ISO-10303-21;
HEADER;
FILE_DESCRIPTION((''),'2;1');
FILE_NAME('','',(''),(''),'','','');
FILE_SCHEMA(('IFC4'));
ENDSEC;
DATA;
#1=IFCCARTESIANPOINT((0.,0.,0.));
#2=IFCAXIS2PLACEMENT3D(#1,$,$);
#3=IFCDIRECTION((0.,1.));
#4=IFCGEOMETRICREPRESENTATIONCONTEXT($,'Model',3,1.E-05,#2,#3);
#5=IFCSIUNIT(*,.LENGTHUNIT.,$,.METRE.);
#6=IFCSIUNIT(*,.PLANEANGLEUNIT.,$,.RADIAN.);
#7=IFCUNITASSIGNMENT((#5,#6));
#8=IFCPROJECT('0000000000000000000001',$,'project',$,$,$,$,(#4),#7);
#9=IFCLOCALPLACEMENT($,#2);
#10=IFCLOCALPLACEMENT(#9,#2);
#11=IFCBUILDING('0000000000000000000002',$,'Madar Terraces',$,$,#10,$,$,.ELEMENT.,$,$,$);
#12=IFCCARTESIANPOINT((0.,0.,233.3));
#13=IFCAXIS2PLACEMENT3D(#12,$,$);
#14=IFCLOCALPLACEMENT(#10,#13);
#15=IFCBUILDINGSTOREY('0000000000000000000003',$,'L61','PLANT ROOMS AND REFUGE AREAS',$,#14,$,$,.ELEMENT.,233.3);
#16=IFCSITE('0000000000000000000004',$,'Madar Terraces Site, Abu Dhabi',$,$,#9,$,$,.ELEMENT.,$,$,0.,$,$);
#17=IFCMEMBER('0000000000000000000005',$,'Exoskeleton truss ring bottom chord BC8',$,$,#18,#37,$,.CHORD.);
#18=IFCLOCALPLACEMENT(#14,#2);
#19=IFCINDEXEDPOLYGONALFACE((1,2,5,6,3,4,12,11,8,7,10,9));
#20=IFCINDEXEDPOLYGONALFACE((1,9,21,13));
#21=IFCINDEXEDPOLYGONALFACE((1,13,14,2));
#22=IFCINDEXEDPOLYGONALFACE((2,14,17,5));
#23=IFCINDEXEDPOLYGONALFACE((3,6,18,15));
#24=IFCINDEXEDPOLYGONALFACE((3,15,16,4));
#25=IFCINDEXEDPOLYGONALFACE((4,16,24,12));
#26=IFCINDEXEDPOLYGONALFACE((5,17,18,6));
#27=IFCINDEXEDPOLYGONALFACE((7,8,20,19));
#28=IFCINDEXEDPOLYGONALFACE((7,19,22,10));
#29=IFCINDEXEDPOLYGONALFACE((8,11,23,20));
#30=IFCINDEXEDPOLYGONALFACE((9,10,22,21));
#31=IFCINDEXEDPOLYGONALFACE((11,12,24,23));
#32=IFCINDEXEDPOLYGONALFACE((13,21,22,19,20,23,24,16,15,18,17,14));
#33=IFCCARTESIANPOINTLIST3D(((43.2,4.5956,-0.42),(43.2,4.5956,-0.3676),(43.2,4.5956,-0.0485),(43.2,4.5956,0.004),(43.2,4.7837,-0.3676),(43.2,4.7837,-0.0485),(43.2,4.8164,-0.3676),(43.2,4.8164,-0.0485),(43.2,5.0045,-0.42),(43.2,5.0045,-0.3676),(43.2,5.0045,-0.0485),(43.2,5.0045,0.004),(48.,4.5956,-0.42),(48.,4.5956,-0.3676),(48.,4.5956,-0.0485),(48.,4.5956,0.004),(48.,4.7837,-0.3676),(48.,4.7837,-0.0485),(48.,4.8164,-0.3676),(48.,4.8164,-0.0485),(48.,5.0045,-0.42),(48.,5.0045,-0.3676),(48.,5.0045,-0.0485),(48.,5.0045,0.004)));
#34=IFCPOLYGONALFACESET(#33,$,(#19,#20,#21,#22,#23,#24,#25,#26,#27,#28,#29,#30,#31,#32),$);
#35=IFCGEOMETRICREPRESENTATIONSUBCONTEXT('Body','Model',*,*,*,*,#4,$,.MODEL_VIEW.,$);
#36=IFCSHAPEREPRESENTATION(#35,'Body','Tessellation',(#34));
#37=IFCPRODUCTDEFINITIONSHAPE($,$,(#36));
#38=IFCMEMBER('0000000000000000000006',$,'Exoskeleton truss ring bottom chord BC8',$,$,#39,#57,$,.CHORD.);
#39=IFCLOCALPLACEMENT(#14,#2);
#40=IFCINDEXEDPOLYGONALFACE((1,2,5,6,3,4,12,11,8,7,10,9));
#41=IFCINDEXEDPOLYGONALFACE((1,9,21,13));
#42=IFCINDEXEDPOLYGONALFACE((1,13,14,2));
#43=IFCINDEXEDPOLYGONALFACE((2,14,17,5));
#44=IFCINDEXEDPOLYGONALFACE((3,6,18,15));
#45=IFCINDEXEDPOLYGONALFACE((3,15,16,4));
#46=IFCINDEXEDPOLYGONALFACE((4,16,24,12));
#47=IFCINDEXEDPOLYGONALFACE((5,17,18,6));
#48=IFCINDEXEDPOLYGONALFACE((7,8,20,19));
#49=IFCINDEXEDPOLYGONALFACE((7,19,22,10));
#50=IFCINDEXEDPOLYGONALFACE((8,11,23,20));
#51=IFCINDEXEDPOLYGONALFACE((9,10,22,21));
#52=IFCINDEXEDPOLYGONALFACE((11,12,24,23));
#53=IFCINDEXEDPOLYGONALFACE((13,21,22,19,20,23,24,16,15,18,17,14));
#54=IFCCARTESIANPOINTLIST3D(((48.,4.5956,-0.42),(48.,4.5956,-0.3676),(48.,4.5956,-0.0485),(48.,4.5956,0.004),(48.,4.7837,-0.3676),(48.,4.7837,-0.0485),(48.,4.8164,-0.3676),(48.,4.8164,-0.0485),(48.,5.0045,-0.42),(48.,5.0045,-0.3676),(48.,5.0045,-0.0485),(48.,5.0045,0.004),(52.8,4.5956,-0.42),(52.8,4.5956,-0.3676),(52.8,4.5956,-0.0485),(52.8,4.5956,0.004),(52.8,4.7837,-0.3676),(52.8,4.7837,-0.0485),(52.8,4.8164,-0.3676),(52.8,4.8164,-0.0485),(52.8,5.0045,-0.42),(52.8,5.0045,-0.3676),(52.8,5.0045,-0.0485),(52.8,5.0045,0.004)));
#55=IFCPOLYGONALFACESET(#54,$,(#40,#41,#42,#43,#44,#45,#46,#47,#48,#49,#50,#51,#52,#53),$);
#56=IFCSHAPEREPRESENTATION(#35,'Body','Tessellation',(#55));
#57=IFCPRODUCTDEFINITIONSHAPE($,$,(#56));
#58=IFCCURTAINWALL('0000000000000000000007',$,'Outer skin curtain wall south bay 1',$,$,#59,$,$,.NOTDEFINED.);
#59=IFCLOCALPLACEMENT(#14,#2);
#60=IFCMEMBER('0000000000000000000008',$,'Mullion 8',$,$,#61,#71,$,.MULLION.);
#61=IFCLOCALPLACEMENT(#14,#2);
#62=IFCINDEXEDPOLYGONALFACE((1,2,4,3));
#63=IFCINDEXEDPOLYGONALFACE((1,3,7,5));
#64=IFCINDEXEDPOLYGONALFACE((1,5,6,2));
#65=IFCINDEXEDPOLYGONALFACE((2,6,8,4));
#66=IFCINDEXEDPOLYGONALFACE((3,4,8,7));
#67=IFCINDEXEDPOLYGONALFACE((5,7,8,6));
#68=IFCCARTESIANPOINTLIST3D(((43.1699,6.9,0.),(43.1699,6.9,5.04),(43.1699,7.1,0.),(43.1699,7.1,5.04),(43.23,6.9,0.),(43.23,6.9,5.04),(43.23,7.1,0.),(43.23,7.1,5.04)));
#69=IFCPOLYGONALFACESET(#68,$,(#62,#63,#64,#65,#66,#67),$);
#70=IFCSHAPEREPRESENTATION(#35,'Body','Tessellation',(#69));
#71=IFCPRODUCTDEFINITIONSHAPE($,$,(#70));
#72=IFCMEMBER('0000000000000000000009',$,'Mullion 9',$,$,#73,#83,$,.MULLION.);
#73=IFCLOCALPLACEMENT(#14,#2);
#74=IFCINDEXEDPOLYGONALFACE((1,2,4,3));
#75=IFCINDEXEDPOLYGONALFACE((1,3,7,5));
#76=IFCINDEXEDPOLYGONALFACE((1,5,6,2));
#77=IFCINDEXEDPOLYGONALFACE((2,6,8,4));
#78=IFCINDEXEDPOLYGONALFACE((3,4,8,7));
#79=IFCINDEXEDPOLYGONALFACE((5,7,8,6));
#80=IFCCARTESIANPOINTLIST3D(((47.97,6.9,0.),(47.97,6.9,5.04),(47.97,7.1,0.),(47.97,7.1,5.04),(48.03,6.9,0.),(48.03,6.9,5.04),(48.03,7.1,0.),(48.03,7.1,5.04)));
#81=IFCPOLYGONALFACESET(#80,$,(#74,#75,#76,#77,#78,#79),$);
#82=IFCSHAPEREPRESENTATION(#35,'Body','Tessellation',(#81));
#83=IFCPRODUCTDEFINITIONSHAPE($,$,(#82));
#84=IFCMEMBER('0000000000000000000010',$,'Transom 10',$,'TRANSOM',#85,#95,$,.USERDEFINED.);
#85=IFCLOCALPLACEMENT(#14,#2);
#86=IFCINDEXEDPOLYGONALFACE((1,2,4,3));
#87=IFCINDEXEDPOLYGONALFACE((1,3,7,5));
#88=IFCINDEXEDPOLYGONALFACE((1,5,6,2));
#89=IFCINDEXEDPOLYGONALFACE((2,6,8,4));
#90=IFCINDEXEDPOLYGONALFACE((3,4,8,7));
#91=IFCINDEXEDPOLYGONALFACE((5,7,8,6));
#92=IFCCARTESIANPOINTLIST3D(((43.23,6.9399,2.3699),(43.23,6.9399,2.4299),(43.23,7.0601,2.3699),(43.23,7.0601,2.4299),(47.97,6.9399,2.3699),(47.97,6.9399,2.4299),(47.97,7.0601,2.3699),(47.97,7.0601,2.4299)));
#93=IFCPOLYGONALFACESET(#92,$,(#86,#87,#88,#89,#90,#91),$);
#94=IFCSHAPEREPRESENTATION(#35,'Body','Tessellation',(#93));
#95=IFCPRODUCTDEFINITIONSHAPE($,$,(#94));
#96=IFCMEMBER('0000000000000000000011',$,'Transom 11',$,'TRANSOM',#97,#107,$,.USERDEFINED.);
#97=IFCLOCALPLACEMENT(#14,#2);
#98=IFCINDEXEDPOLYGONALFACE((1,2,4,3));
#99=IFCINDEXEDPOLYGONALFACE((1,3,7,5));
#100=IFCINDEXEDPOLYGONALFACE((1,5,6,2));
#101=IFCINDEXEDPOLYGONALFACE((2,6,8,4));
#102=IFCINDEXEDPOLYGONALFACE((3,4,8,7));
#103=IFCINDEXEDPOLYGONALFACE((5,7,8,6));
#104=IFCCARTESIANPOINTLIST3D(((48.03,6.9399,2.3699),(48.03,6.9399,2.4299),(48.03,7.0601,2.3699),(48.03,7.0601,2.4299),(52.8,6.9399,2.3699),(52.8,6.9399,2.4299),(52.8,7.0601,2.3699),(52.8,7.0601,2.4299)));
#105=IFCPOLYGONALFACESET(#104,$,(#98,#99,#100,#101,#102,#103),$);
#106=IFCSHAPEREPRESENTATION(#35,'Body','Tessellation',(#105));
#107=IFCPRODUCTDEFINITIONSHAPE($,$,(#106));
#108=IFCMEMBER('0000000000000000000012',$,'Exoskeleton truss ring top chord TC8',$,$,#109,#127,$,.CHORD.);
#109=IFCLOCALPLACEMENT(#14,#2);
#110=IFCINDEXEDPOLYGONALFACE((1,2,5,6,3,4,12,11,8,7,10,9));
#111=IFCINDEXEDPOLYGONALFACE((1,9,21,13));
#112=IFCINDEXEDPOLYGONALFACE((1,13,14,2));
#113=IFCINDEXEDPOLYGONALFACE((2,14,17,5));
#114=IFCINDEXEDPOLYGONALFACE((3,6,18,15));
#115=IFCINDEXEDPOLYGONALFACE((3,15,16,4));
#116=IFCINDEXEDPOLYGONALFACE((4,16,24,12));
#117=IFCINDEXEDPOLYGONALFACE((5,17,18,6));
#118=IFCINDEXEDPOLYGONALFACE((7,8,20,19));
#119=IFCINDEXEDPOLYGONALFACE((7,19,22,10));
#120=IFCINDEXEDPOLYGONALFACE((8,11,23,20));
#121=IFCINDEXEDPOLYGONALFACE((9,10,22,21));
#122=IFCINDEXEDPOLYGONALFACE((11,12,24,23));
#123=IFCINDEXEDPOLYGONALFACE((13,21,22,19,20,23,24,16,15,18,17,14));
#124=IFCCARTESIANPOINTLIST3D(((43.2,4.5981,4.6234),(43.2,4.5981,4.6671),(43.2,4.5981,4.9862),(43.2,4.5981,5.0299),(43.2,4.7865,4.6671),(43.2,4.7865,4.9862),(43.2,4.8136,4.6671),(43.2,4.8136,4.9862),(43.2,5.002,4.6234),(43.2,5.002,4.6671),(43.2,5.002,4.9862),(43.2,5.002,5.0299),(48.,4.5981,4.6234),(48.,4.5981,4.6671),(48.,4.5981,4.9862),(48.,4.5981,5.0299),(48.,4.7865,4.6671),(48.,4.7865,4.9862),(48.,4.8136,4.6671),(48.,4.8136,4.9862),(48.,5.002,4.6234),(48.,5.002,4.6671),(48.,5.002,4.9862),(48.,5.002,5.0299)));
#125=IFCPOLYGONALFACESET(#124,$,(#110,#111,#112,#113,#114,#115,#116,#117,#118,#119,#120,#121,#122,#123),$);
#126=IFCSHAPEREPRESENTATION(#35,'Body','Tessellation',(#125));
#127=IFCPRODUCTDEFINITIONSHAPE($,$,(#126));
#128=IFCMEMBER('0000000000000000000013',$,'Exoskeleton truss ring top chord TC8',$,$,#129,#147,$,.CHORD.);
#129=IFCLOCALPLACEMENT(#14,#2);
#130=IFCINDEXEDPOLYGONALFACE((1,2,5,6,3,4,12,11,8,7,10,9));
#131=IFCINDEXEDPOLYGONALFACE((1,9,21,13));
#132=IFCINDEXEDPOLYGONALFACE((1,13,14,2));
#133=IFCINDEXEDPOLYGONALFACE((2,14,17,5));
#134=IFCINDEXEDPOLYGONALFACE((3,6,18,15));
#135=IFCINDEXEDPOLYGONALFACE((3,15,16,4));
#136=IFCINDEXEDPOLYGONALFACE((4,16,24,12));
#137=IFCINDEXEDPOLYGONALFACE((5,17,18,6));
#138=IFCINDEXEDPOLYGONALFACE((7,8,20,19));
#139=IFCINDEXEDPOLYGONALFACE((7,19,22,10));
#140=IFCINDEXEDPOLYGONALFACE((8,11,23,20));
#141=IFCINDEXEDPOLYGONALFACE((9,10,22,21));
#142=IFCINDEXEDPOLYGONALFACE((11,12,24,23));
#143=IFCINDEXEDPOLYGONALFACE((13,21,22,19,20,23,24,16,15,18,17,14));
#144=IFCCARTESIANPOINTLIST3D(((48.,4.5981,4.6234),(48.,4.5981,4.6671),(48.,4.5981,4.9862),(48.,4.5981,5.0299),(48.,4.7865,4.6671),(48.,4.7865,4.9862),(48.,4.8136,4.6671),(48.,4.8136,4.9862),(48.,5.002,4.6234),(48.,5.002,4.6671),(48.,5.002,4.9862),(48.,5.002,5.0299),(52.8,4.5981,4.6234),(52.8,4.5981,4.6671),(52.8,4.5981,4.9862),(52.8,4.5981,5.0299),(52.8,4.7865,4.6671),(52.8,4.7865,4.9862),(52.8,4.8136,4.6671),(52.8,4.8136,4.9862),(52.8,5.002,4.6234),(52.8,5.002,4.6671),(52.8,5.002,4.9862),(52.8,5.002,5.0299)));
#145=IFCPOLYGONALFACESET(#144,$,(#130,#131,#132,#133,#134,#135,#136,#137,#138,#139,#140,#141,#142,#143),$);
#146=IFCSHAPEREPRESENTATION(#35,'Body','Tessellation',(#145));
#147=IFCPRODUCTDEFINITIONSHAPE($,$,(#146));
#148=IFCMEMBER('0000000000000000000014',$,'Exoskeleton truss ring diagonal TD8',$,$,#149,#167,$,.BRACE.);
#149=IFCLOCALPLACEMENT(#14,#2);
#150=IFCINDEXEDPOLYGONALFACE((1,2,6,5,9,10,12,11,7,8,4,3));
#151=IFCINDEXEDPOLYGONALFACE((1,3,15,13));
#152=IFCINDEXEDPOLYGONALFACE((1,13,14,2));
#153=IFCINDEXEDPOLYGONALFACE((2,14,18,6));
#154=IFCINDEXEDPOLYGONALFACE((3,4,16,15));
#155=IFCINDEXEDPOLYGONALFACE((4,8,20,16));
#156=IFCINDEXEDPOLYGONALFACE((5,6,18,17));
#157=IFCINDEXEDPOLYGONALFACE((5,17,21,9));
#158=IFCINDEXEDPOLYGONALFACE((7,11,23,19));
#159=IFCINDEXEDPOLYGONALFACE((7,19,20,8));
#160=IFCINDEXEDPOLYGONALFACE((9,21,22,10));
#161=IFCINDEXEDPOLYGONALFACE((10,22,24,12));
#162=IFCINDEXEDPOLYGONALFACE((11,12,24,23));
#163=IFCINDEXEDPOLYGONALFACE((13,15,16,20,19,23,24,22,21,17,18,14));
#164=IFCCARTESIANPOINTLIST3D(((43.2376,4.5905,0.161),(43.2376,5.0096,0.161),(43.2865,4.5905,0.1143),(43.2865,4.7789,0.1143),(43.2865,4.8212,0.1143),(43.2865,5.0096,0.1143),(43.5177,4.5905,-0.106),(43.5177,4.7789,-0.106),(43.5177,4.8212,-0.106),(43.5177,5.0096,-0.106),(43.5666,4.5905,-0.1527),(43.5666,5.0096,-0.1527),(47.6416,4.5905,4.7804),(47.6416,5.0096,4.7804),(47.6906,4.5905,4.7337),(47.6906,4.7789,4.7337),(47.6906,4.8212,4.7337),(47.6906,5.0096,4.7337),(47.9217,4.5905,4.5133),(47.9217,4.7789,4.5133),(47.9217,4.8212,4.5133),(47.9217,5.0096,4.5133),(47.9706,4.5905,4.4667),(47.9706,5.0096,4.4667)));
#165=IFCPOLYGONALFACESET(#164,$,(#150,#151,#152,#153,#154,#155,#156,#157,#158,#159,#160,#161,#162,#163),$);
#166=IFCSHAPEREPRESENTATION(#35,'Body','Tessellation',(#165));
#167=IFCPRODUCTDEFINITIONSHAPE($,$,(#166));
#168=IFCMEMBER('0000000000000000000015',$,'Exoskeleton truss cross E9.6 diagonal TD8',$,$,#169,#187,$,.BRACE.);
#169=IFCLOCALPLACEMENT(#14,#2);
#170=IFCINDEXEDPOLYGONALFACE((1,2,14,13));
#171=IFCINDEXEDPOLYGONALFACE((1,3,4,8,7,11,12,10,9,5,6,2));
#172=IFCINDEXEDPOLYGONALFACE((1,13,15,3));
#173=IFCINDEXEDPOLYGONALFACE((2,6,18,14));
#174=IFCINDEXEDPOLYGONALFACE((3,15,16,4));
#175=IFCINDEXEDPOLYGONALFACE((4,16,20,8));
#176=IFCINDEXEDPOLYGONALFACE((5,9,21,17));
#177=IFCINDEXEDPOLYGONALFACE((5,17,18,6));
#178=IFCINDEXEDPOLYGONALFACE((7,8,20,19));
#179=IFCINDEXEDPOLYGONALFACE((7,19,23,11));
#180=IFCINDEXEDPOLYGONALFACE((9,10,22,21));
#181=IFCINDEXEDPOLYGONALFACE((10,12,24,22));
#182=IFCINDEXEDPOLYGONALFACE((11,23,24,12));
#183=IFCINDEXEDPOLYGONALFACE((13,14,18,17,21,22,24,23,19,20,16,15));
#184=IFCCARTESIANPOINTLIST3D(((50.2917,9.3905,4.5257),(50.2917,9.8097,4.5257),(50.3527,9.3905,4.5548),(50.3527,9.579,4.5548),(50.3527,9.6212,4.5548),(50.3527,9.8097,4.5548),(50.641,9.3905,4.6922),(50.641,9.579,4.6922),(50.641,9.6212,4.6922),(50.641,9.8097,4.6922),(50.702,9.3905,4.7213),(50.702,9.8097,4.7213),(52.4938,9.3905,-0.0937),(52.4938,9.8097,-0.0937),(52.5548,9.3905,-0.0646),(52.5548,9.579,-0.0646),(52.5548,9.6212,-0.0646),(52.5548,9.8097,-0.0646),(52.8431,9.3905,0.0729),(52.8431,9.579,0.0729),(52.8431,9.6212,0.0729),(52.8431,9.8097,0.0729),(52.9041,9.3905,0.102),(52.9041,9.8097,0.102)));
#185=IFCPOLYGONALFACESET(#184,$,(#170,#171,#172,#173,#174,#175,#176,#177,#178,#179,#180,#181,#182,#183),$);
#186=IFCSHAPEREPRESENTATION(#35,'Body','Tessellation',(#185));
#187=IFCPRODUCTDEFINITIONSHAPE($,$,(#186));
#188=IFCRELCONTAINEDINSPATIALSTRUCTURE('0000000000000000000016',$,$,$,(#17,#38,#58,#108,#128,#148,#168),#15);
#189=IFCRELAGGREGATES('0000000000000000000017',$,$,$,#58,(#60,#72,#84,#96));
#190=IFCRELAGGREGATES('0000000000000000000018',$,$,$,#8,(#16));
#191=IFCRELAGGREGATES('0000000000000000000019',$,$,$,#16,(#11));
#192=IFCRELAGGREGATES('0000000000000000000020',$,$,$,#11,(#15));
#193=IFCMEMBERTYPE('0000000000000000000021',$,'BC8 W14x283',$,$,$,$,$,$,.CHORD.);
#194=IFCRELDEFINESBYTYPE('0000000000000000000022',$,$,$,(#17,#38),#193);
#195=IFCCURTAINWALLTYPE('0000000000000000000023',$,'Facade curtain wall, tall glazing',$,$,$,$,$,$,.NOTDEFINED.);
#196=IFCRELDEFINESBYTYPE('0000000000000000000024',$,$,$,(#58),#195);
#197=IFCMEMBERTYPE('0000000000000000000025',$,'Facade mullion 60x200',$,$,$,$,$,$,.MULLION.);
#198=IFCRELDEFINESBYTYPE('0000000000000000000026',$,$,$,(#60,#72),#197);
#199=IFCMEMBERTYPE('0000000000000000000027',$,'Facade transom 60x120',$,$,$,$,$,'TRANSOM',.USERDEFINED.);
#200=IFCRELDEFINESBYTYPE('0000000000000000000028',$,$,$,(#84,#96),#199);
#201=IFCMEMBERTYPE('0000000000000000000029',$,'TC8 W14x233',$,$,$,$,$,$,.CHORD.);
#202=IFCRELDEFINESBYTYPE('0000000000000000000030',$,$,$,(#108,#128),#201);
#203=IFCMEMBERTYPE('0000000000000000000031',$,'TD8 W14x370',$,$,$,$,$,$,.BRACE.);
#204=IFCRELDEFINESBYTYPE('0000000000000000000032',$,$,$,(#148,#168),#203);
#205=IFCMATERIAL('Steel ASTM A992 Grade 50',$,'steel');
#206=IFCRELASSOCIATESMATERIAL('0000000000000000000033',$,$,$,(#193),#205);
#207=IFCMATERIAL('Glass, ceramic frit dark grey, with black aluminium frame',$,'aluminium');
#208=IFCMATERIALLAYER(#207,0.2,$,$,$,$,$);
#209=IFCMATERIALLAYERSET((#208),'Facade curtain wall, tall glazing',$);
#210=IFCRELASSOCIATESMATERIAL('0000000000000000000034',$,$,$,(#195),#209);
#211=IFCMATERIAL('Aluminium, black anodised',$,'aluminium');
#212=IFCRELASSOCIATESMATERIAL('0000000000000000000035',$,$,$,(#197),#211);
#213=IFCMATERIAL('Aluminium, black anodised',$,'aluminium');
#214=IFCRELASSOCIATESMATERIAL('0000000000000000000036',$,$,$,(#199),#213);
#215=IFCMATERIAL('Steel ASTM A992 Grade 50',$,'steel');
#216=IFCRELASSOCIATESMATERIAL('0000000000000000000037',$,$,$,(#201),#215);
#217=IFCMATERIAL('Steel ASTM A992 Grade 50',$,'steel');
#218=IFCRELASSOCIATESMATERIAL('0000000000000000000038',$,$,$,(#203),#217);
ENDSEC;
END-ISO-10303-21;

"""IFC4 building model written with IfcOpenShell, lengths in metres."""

from ifc_helpers import new_model, si_unit, direction, frame, origin, origin_2d, place, context, subcontext, project, spatial, rectangle, i_section, extrude, material, layer, layer_set, material_profile, profile_set, type_object, element, aggregate, save


model = new_model("IFC4")

# Units and contexts
model_context = context("Model", 3, precision=1e-05, world=origin(), true_north=direction((0.0, 1.0)))
body_context = subcontext(model_context, "Body", "Model", "MODEL_VIEW")
ifc_project = project(units=[si_unit("LENGTHUNIT", "METRE"), si_unit("PLANEANGLEUNIT", "RADIAN")], contexts=[model_context])

# Site, building, storey
site_placement = place(None, origin())
site = spatial("IfcSite", under=ifc_project, at=site_placement, Name="Madar Terraces Site, Abu Dhabi", CompositionType="ELEMENT", RefElevation=0.0)
building_placement = place(site_placement, origin())
building = spatial("IfcBuilding", under=site, at=building_placement, Name="Madar Terraces", CompositionType="ELEMENT")
storey_placement = place(building_placement, frame((0.0, 0.0, 233.3)))
storey = spatial("IfcBuildingStorey", under=building, at=storey_placement, Name="L61", Description="PLANT ROOMS AND REFUGE AREAS", CompositionType="ELEMENT", Elevation=233.3)

# Members
ifc_material_1 = material(Name="Steel ASTM A992 Grade 50", Category="steel")
ifc_material_profile_1 = material_profile(ifc_material_1, i_section(OverallWidth=0.4089, OverallDepth=0.4241, WebThickness=0.0327, FlangeThickness=0.0525, at=origin_2d()), Name="W14x283")
ifc_profile_set_1 = profile_set([ifc_material_profile_1], Name="Steel ASTM A992 Grade 50")
member_type_1 = type_object("IfcMemberType", Name="BC8 W14x283", PredefinedType="CHORD", material=ifc_profile_set_1)
for number, where, z_axis, x_axis, name in (
    (1, (43.2, 4.8, -0.208), (1.0, 0.0, 0.0), (0.0, 1.0, 0.0), "Exoskeleton truss ring bottom chord BC8"),
    (2, (48.0, 4.8, -0.208), (1.0, 0.0, 0.0), (0.0, 1.0, 0.0), "Exoskeleton truss ring bottom chord BC8"),
):
    element("IfcMember", number, at=place(storey_placement, frame(where, z_axis=z_axis, x_axis=x_axis)), inside=storey, type_object=member_type_1, Name=name, PredefinedType="CHORD", context=body_context, shape_type="SweptSolid", body=[
        extrude(i_section(OverallWidth=0.4089, OverallDepth=0.4241, WebThickness=0.0327, FlangeThickness=0.0525, at=origin_2d()), origin(), (0.0, 0.0, 1.0), 4.8),
    ])

# Curtain wall, members
ifc_material_2 = material(Name="Glass, ceramic frit dark grey, with black aluminium frame", Category="aluminium")
ifc_layer_1 = layer(ifc_material_2, 0.2)
ifc_layer_set_1 = layer_set([ifc_layer_1], Name="Facade curtain wall, tall glazing")
curtain_wall_type = type_object("IfcCurtainWallType", Name="Facade curtain wall, tall glazing", PredefinedType="NOTDEFINED", material=ifc_layer_set_1)
curtain_wall_placement = place(storey_placement, origin())
curtain_wall = element("IfcCurtainWall", 3, at=curtain_wall_placement, inside=storey, type_object=curtain_wall_type, Name="Outer skin curtain wall south bay 1", PredefinedType="NOTDEFINED")
ifc_material_3 = material(Name="Aluminium, black anodised", Category="aluminium")
ifc_material_profile_2 = material_profile(ifc_material_3, rectangle(XDim=0.2, YDim=0.0601, at=origin_2d()), Name="Facade mullion 60x200")
ifc_profile_set_2 = profile_set([ifc_material_profile_2], Name="Aluminium, black anodised")
member_type_2 = type_object("IfcMemberType", Name="Facade mullion 60x200", PredefinedType="MULLION", material=ifc_profile_set_2)
member_1_placement = place(storey_placement, frame((43.2, 7.0, 0.0), z_axis=(0.0, 0.0, 1.0), x_axis=(0.0, 1.0, 0.0)))
member_1 = element("IfcMember", 4, at=member_1_placement, type_object=member_type_2, Name="Mullion 8", PredefinedType="MULLION", context=body_context, shape_type="SweptSolid", body=[
    extrude(rectangle(XDim=0.2, YDim=0.0601, at=origin_2d()), origin(), (0.0, 0.0, 1.0), 5.04),
])
member_2_placement = place(storey_placement, frame((48.0, 7.0, 0.0), z_axis=(0.0, 0.0, 1.0), x_axis=(0.0, 1.0, 0.0)))
member_2 = element("IfcMember", 5, at=member_2_placement, type_object=member_type_2, Name="Mullion 9", PredefinedType="MULLION", context=body_context, shape_type="SweptSolid", body=[
    extrude(rectangle(XDim=0.2, YDim=0.0601, at=origin_2d()), origin(), (0.0, 0.0, 1.0), 5.04),
])
ifc_material_4 = material(Name="Aluminium, black anodised", Category="aluminium")
ifc_material_profile_3 = material_profile(ifc_material_4, rectangle(XDim=0.1201, YDim=0.0601, at=origin_2d()), Name="Facade transom 60x120")
ifc_profile_set_3 = profile_set([ifc_material_profile_3], Name="Aluminium, black anodised")
member_type_3 = type_object("IfcMemberType", Name="Facade transom 60x120", ElementType="TRANSOM", PredefinedType="USERDEFINED", material=ifc_profile_set_3)
member_3_placement = place(storey_placement, frame((43.23, 7.0, 2.3999), z_axis=(1.0, 0.0, 0.0), x_axis=(0.0, 1.0, 0.0)))
member_3 = element("IfcMember", 6, at=member_3_placement, type_object=member_type_3, Name="Transom 10", ObjectType="TRANSOM", PredefinedType="USERDEFINED", context=body_context, shape_type="SweptSolid", body=[
    extrude(rectangle(XDim=0.1201, YDim=0.0601, at=origin_2d()), origin(), (0.0, 0.0, 1.0), 4.74),
])
member_4_placement = place(storey_placement, frame((48.03, 7.0, 2.3999), z_axis=(1.0, 0.0, 0.0), x_axis=(0.0, 1.0, 0.0)))
member_4 = element("IfcMember", 7, at=member_4_placement, type_object=member_type_3, Name="Transom 11", ObjectType="TRANSOM", PredefinedType="USERDEFINED", context=body_context, shape_type="SweptSolid", body=[
    extrude(rectangle(XDim=0.1201, YDim=0.0601, at=origin_2d()), origin(), (0.0, 0.0, 1.0), 4.77),
])

# Members
ifc_material_5 = material(Name="Steel ASTM A992 Grade 50", Category="steel")
ifc_material_profile_4 = material_profile(ifc_material_5, i_section(OverallWidth=0.4038, OverallDepth=0.4065, WebThickness=0.0271, FlangeThickness=0.0437, at=origin_2d()), Name="W14x233")
ifc_profile_set_4 = profile_set([ifc_material_profile_4], Name="Steel ASTM A992 Grade 50")
member_type_4 = type_object("IfcMemberType", Name="TC8 W14x233", PredefinedType="CHORD", material=ifc_profile_set_4)
for number, where, z_axis, x_axis, name in (
    (8, (43.2, 4.8, 4.8267), (1.0, 0.0, 0.0), (0.0, 1.0, 0.0), "Exoskeleton truss ring top chord TC8"),
    (9, (48.0, 4.8, 4.8267), (1.0, 0.0, 0.0), (0.0, 1.0, 0.0), "Exoskeleton truss ring top chord TC8"),
):
    element("IfcMember", number, at=place(storey_placement, frame(where, z_axis=z_axis, x_axis=x_axis)), inside=storey, type_object=member_type_4, Name=name, PredefinedType="CHORD", context=body_context, shape_type="SweptSolid", body=[
        extrude(i_section(OverallWidth=0.4038, OverallDepth=0.4065, WebThickness=0.0271, FlangeThickness=0.0437, at=origin_2d()), origin(), (0.0, 0.0, 1.0), 4.8),
    ])
ifc_material_6 = material(Name="Steel ASTM A992 Grade 50", Category="steel")
ifc_material_profile_5 = material_profile(ifc_material_6, i_section(OverallWidth=0.4192, OverallDepth=0.4546, WebThickness=0.0422, FlangeThickness=0.0676, at=origin_2d()), Name="W14x370")
ifc_profile_set_5 = profile_set([ifc_material_profile_5], Name="Steel ASTM A992 Grade 50")
member_type_5 = type_object("IfcMemberType", Name="TD8 W14x370", PredefinedType="BRACE", material=ifc_profile_set_5)
member_5_placement = place(storey_placement, frame((43.4021, 4.8, 0.0042), z_axis=(0.690036, 0.0, 0.723775), x_axis=(0.0, 1.0, 0.0)))
element("IfcMember", 10, at=member_5_placement, inside=storey, type_object=member_type_5, Name="Exoskeleton truss ring diagonal TD8", PredefinedType="BRACE", context=body_context, shape_type="SweptSolid", body=[
    extrude(i_section(OverallWidth=0.4192, OverallDepth=0.4546, WebThickness=0.0422, FlangeThickness=0.0676, at=origin_2d()), origin(), (0.0, 0.0, 1.0), 6.3823),
])
member_6_placement = place(storey_placement, frame((52.699, 9.6001, 0.0042), z_axis=(-0.430322, 0.0, 0.902675), x_axis=(0.0, -1.0, 0.0)))
element("IfcMember", 11, at=member_6_placement, inside=storey, type_object=member_type_5, Name="Exoskeleton truss cross E9.6 diagonal TD8", PredefinedType="BRACE", context=body_context, shape_type="SweptSolid", body=[
    extrude(i_section(OverallWidth=0.4192, OverallDepth=0.4546, WebThickness=0.0422, FlangeThickness=0.0676, at=origin_2d()), origin(), (0.0, 0.0, 1.0), 5.1174),
])

aggregate(curtain_wall, [member_1, member_2, member_3, member_4])

save(model, "model.ifc")
